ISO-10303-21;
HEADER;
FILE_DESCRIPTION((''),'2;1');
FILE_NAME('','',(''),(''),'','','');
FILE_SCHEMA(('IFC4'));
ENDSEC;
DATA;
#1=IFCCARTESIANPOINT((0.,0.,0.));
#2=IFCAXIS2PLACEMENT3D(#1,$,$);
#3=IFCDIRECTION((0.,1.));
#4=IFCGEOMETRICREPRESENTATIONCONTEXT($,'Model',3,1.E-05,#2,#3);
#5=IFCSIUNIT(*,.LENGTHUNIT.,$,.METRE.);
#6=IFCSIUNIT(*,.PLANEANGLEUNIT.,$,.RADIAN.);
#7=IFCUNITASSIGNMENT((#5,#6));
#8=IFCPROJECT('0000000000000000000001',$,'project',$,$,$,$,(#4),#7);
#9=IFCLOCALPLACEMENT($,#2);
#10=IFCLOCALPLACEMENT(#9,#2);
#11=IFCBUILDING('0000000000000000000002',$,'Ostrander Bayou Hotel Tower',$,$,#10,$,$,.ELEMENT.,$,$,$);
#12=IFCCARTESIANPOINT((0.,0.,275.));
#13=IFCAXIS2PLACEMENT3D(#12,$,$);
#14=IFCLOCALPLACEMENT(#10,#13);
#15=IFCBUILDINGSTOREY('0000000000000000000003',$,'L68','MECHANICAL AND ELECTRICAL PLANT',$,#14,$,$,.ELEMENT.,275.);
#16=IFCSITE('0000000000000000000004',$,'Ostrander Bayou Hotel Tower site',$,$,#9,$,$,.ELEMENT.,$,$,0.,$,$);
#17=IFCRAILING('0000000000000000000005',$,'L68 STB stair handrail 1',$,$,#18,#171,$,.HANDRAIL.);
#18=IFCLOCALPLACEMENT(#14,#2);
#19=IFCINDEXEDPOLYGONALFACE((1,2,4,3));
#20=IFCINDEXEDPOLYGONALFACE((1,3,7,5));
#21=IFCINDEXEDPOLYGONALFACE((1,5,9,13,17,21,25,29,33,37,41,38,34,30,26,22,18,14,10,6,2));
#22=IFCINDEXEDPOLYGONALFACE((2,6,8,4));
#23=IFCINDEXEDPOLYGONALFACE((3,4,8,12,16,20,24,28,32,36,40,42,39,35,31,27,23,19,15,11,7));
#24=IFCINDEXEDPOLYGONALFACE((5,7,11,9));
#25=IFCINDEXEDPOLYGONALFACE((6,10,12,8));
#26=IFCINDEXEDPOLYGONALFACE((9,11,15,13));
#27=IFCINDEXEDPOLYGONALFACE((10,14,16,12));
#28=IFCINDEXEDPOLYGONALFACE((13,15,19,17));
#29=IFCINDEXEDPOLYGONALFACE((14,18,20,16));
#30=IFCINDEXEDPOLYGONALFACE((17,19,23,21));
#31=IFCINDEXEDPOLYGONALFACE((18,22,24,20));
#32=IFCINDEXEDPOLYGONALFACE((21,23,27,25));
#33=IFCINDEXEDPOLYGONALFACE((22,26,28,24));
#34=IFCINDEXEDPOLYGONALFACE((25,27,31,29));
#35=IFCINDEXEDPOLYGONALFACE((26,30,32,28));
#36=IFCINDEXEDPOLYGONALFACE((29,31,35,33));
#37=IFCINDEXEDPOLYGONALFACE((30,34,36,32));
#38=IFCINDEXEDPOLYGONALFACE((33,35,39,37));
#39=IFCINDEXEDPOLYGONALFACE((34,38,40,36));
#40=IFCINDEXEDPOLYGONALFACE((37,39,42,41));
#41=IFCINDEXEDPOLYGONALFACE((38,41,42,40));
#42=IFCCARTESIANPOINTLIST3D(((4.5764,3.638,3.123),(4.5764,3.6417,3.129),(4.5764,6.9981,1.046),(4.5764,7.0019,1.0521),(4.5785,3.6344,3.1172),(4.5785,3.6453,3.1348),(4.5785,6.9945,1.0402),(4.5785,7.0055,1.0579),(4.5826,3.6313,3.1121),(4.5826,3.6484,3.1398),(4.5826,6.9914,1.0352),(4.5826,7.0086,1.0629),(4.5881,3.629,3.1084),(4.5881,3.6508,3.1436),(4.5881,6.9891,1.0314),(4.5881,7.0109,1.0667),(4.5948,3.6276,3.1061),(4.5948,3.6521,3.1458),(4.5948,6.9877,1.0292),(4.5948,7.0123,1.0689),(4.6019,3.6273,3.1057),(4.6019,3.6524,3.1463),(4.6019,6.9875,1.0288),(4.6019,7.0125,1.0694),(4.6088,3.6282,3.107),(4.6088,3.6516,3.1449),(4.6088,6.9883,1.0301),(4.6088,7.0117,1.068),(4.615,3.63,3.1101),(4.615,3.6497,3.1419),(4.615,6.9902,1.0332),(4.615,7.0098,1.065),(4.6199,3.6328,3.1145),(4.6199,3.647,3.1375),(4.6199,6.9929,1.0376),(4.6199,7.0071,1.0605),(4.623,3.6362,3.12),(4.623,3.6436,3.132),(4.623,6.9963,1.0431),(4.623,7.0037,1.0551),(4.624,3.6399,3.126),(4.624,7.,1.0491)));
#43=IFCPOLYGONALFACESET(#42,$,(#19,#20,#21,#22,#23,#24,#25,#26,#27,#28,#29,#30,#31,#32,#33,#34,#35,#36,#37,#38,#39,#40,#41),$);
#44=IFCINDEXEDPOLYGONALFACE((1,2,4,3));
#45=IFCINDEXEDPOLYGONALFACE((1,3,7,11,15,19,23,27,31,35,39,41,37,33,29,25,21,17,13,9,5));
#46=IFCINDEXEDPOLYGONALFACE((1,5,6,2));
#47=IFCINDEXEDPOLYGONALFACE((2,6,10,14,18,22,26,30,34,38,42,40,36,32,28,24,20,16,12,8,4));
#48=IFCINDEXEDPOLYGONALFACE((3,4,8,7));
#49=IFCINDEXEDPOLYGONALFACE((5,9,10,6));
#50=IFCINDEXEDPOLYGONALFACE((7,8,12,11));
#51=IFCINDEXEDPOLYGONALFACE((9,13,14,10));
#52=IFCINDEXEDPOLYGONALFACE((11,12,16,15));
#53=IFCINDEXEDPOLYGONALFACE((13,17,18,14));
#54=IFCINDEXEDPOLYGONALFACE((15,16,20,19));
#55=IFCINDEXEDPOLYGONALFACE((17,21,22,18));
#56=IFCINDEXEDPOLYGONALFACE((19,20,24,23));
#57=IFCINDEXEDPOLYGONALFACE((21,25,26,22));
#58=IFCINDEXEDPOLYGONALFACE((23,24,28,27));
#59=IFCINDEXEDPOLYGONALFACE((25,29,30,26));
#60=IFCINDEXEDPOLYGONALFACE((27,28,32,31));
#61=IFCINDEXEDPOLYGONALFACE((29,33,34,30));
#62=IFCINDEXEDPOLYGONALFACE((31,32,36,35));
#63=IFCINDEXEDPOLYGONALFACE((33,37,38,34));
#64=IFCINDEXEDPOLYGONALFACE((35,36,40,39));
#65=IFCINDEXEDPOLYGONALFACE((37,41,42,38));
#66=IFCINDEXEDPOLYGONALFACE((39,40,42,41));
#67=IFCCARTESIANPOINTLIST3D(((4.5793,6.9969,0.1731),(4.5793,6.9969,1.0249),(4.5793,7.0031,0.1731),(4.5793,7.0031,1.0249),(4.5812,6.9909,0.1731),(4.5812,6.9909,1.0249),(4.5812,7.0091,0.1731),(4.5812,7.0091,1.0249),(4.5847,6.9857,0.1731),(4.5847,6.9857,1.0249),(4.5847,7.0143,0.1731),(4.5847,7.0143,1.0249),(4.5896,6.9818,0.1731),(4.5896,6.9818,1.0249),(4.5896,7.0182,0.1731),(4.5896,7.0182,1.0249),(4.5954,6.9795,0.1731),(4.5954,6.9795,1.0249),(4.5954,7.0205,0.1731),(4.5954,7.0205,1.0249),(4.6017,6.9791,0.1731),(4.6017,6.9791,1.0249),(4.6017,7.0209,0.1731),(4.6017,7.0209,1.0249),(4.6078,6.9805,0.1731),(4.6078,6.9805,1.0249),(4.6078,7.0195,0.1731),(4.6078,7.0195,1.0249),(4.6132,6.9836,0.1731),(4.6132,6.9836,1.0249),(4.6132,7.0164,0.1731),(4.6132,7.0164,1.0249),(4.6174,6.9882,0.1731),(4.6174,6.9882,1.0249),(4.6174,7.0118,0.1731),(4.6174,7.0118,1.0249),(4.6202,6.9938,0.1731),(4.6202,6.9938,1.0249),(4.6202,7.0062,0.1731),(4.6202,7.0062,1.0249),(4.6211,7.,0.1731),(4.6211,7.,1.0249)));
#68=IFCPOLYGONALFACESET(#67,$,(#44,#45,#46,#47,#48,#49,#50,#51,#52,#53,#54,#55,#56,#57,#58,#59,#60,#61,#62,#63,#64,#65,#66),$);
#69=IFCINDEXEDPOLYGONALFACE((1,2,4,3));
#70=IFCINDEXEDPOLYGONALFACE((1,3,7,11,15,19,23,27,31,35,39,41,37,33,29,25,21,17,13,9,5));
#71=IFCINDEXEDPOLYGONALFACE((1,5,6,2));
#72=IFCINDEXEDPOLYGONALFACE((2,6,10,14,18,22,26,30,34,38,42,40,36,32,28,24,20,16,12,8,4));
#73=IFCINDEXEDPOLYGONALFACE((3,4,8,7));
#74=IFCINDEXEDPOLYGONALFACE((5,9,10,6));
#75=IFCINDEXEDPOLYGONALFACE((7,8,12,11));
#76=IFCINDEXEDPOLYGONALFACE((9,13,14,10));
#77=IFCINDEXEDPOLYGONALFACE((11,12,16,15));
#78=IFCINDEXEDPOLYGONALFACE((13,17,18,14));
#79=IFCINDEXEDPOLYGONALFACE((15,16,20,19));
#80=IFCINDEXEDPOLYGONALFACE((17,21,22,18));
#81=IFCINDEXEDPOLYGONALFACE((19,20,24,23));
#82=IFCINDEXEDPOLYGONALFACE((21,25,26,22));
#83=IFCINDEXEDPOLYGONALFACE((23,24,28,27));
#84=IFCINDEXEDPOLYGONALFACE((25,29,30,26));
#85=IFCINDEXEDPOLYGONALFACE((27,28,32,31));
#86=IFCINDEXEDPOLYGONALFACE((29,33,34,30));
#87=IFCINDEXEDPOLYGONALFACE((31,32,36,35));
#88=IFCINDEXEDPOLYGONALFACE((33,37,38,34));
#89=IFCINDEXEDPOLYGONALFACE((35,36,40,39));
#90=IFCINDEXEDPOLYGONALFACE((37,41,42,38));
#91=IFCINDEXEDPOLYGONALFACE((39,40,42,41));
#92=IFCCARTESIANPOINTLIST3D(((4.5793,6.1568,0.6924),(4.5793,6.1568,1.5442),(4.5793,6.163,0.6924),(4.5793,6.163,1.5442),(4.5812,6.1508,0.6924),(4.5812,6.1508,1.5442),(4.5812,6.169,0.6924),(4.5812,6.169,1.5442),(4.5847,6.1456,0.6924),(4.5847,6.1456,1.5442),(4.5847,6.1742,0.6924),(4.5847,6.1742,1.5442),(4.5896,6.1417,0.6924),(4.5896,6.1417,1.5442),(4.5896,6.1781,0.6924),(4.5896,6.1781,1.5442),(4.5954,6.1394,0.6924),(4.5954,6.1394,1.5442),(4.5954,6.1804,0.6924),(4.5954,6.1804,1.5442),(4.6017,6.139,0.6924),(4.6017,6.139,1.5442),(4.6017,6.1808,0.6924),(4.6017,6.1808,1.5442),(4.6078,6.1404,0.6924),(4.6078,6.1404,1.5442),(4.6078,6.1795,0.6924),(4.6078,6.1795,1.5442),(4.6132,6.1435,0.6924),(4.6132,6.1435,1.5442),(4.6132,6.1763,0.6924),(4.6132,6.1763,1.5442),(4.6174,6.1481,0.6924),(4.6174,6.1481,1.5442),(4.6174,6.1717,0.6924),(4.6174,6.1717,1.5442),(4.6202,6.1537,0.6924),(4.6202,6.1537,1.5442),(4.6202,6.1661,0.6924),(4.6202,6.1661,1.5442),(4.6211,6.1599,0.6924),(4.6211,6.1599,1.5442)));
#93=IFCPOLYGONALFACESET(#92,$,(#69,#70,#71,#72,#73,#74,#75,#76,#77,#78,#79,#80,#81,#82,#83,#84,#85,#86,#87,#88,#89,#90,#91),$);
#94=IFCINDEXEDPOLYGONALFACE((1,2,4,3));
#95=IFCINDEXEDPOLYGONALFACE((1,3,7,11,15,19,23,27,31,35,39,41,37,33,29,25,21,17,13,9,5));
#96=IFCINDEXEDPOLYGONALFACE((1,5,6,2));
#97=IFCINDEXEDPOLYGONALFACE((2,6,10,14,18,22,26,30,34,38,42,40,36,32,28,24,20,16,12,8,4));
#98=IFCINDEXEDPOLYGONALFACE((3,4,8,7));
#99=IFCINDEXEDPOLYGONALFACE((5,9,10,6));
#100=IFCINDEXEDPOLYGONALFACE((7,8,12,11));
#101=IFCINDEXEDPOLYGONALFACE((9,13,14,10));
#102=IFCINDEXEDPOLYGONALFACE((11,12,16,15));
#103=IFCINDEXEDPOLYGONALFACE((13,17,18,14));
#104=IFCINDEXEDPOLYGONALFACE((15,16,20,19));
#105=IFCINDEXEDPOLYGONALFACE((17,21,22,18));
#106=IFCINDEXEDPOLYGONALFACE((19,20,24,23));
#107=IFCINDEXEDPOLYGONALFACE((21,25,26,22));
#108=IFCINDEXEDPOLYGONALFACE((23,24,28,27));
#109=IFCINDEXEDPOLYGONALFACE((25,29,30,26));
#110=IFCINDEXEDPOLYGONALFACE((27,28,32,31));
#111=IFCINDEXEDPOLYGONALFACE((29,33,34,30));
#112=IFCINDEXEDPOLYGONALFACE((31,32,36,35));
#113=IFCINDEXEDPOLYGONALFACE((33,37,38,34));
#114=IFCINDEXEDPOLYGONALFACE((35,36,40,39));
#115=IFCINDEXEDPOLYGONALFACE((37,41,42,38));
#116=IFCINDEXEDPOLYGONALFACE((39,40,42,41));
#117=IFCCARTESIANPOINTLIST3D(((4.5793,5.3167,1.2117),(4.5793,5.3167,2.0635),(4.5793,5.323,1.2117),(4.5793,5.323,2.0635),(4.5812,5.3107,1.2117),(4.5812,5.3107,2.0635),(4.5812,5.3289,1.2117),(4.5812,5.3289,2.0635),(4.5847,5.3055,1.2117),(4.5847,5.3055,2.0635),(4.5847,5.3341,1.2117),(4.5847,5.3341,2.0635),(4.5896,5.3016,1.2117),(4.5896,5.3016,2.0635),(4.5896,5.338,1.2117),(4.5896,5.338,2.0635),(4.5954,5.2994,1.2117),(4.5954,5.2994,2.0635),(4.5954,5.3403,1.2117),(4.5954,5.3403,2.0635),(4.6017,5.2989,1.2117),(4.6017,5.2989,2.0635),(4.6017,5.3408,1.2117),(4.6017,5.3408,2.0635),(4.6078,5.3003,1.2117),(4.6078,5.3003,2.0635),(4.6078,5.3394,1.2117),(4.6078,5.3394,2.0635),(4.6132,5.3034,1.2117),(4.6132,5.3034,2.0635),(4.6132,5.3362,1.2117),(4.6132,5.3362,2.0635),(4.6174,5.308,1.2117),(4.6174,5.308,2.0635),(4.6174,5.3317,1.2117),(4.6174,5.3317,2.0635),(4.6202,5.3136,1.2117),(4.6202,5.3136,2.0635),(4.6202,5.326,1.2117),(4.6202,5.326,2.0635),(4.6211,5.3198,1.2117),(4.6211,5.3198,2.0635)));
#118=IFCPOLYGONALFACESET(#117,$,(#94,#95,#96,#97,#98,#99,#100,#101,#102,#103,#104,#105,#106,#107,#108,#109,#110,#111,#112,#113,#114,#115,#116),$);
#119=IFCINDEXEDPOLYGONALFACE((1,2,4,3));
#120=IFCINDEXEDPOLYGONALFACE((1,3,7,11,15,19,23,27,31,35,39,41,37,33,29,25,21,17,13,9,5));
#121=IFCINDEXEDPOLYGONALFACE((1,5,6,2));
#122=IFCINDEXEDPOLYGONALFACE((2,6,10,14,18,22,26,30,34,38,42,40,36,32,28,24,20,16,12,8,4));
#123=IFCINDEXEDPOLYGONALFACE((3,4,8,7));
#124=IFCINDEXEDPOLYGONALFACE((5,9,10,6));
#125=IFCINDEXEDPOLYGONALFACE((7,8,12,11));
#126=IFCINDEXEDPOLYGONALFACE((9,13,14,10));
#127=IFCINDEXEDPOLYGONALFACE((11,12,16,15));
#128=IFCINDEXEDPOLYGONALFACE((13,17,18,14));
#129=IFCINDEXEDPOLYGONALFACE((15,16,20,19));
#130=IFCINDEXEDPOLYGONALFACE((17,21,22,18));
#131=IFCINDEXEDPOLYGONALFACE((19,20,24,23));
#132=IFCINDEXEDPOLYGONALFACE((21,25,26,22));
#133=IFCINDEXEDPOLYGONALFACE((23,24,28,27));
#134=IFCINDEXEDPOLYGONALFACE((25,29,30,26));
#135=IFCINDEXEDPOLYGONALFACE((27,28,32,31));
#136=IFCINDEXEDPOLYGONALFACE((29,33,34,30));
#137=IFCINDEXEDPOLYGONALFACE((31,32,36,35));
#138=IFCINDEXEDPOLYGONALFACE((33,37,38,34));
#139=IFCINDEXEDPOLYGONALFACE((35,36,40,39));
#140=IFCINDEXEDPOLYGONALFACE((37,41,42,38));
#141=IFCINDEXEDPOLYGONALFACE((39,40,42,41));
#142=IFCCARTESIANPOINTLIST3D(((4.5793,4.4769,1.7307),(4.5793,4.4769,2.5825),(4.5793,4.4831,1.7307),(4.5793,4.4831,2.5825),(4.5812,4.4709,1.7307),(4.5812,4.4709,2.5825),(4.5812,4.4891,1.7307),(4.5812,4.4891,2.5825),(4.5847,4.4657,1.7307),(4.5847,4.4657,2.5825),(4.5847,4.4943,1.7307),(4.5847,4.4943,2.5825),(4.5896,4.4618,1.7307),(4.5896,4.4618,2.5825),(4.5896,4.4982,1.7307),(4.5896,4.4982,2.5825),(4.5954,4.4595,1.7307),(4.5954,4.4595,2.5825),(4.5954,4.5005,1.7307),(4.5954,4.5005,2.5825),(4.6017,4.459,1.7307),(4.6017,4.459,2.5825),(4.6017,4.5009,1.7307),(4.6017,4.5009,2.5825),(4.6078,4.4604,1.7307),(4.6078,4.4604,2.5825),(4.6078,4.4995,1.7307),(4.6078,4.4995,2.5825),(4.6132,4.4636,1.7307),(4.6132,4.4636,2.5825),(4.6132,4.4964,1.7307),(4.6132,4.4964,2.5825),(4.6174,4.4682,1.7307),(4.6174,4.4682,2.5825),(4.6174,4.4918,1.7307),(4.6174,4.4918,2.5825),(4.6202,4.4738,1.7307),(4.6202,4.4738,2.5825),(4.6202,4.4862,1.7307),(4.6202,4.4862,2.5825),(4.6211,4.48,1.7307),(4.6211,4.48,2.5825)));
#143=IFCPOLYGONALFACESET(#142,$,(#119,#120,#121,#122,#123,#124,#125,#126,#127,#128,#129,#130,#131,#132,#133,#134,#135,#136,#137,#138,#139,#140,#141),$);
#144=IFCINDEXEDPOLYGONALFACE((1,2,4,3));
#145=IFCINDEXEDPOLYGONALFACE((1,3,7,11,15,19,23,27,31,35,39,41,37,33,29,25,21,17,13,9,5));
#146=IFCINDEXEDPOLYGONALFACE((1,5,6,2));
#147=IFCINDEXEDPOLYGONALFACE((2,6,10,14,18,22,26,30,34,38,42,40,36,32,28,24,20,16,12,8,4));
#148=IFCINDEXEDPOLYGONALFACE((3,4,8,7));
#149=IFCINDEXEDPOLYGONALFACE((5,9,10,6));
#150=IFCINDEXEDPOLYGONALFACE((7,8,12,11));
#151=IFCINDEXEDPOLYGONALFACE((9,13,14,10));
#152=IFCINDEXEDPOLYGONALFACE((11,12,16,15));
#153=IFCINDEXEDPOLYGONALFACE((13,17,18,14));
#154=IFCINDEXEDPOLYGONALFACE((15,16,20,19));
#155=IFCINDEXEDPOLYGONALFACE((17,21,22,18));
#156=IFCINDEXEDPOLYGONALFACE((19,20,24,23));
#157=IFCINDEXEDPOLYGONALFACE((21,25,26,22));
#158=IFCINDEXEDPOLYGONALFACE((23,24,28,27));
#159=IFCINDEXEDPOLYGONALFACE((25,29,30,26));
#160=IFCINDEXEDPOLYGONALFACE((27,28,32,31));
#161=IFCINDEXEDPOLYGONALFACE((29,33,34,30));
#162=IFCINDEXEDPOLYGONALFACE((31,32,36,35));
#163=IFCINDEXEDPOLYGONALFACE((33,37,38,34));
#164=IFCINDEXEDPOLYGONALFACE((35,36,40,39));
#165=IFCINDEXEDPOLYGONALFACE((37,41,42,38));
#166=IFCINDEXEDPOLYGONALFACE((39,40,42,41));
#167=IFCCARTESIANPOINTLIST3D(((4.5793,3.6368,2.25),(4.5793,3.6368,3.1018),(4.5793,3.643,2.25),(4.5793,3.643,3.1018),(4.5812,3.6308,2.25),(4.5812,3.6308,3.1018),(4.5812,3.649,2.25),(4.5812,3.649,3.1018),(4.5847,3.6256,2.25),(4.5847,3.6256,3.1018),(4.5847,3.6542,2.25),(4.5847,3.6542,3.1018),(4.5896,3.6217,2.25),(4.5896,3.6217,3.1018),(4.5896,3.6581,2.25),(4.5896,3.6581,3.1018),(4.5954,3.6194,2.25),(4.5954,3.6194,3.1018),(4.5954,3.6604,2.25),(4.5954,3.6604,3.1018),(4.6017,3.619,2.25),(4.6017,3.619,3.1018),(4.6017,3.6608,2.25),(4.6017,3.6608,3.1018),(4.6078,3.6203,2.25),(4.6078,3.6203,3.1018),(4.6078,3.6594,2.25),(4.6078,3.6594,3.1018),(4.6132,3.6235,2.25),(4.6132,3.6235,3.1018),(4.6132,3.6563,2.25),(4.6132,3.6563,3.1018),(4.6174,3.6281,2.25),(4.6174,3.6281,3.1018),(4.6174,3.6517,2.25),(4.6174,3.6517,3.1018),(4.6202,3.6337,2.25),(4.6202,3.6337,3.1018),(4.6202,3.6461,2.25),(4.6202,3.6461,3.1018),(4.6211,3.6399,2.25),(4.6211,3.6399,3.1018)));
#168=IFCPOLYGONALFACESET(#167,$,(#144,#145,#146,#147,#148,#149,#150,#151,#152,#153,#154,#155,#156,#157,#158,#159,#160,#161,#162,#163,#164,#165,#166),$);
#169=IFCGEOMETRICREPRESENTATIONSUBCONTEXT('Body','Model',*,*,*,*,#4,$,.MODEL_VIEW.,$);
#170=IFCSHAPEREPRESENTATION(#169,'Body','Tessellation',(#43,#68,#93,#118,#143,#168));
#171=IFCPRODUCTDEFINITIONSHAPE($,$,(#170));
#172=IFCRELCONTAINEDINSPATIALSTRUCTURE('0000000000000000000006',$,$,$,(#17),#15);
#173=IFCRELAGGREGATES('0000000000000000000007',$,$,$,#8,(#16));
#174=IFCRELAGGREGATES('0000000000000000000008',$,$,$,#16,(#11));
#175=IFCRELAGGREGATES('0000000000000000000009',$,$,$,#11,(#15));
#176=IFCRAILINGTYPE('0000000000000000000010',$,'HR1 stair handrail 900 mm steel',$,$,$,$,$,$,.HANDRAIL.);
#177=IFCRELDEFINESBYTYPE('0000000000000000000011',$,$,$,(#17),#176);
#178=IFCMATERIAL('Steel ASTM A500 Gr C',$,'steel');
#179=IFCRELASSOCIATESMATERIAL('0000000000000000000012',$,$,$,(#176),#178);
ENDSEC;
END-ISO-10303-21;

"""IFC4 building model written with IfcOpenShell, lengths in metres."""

from ifc_helpers import new_model, si_unit, direction, frame, origin, origin_2d, place, context, subcontext, project, spatial, circle, extrude, material, type_object, element, save


model = new_model("IFC4")

# Units and contexts
model_context = context("Model", 3, precision=1e-05, world=origin(), true_north=direction((0.0, 1.0)))
body_context = subcontext(model_context, "Body", "Model", "MODEL_VIEW")
ifc_project = project(units=[si_unit("LENGTHUNIT", "METRE"), si_unit("PLANEANGLEUNIT", "RADIAN")], contexts=[model_context])

# Site, building, storey
site_placement = place(None, origin())
site = spatial("IfcSite", under=ifc_project, at=site_placement, Name="Ostrander Bayou Hotel Tower site", CompositionType="ELEMENT", RefElevation=0.0)
building_placement = place(site_placement, origin())
building = spatial("IfcBuilding", under=site, at=building_placement, Name="Ostrander Bayou Hotel Tower", CompositionType="ELEMENT")
storey_placement = place(building_placement, frame((0.0, 0.0, 275.0)))
storey = spatial("IfcBuildingStorey", under=building, at=storey_placement, Name="L68", Description="MECHANICAL AND ELECTRICAL PLANT", CompositionType="ELEMENT", Elevation=275.0)

# Railing
ifc_material_1 = material(Name="Steel ASTM A500 Gr C", Category="steel")
railing_type_1 = type_object("IfcRailingType", Name="HR1 stair handrail 900 mm steel", PredefinedType="HANDRAIL", material=ifc_material_1)
railing_1_placement = place(storey_placement, frame((4.6001, 7.0, 0.1731)))
element("IfcRailing", 1, at=railing_1_placement, inside=storey, type_object=railing_type_1, Name="L68 STB stair handrail 1", PredefinedType="HANDRAIL", context=body_context, shape_type="SweptSolid", body=[
    extrude(circle(Radius=0.0239, at=origin_2d()), frame((0.0, 0.0, 0.876), z_axis=(0.0, -0.850623, 0.525776), x_axis=(1.0, 0.0, 0.0)), (0.0, 0.0, 1.0), 3.9502),
    extrude(circle(Radius=0.021, at=origin_2d()), origin(), (0.0, 0.0, 1.0), 0.8518),
    extrude(circle(Radius=0.021, at=origin_2d()), frame((0.0, -0.8401, 0.5193)), (0.0, 0.0, 1.0), 0.8518),
    extrude(circle(Radius=0.021, at=origin_2d()), frame((0.0, -1.6802, 1.0386)), (0.0, 0.0, 1.0), 0.8518),
    extrude(circle(Radius=0.021, at=origin_2d()), frame((0.0, -2.52, 1.5576)), (0.0, 0.0, 1.0), 0.8518),
    extrude(circle(Radius=0.021, at=origin_2d()), frame((0.0, -3.3601, 2.0769)), (0.0, 0.0, 1.0), 0.8518),
])

save(model, "model.ifc")
